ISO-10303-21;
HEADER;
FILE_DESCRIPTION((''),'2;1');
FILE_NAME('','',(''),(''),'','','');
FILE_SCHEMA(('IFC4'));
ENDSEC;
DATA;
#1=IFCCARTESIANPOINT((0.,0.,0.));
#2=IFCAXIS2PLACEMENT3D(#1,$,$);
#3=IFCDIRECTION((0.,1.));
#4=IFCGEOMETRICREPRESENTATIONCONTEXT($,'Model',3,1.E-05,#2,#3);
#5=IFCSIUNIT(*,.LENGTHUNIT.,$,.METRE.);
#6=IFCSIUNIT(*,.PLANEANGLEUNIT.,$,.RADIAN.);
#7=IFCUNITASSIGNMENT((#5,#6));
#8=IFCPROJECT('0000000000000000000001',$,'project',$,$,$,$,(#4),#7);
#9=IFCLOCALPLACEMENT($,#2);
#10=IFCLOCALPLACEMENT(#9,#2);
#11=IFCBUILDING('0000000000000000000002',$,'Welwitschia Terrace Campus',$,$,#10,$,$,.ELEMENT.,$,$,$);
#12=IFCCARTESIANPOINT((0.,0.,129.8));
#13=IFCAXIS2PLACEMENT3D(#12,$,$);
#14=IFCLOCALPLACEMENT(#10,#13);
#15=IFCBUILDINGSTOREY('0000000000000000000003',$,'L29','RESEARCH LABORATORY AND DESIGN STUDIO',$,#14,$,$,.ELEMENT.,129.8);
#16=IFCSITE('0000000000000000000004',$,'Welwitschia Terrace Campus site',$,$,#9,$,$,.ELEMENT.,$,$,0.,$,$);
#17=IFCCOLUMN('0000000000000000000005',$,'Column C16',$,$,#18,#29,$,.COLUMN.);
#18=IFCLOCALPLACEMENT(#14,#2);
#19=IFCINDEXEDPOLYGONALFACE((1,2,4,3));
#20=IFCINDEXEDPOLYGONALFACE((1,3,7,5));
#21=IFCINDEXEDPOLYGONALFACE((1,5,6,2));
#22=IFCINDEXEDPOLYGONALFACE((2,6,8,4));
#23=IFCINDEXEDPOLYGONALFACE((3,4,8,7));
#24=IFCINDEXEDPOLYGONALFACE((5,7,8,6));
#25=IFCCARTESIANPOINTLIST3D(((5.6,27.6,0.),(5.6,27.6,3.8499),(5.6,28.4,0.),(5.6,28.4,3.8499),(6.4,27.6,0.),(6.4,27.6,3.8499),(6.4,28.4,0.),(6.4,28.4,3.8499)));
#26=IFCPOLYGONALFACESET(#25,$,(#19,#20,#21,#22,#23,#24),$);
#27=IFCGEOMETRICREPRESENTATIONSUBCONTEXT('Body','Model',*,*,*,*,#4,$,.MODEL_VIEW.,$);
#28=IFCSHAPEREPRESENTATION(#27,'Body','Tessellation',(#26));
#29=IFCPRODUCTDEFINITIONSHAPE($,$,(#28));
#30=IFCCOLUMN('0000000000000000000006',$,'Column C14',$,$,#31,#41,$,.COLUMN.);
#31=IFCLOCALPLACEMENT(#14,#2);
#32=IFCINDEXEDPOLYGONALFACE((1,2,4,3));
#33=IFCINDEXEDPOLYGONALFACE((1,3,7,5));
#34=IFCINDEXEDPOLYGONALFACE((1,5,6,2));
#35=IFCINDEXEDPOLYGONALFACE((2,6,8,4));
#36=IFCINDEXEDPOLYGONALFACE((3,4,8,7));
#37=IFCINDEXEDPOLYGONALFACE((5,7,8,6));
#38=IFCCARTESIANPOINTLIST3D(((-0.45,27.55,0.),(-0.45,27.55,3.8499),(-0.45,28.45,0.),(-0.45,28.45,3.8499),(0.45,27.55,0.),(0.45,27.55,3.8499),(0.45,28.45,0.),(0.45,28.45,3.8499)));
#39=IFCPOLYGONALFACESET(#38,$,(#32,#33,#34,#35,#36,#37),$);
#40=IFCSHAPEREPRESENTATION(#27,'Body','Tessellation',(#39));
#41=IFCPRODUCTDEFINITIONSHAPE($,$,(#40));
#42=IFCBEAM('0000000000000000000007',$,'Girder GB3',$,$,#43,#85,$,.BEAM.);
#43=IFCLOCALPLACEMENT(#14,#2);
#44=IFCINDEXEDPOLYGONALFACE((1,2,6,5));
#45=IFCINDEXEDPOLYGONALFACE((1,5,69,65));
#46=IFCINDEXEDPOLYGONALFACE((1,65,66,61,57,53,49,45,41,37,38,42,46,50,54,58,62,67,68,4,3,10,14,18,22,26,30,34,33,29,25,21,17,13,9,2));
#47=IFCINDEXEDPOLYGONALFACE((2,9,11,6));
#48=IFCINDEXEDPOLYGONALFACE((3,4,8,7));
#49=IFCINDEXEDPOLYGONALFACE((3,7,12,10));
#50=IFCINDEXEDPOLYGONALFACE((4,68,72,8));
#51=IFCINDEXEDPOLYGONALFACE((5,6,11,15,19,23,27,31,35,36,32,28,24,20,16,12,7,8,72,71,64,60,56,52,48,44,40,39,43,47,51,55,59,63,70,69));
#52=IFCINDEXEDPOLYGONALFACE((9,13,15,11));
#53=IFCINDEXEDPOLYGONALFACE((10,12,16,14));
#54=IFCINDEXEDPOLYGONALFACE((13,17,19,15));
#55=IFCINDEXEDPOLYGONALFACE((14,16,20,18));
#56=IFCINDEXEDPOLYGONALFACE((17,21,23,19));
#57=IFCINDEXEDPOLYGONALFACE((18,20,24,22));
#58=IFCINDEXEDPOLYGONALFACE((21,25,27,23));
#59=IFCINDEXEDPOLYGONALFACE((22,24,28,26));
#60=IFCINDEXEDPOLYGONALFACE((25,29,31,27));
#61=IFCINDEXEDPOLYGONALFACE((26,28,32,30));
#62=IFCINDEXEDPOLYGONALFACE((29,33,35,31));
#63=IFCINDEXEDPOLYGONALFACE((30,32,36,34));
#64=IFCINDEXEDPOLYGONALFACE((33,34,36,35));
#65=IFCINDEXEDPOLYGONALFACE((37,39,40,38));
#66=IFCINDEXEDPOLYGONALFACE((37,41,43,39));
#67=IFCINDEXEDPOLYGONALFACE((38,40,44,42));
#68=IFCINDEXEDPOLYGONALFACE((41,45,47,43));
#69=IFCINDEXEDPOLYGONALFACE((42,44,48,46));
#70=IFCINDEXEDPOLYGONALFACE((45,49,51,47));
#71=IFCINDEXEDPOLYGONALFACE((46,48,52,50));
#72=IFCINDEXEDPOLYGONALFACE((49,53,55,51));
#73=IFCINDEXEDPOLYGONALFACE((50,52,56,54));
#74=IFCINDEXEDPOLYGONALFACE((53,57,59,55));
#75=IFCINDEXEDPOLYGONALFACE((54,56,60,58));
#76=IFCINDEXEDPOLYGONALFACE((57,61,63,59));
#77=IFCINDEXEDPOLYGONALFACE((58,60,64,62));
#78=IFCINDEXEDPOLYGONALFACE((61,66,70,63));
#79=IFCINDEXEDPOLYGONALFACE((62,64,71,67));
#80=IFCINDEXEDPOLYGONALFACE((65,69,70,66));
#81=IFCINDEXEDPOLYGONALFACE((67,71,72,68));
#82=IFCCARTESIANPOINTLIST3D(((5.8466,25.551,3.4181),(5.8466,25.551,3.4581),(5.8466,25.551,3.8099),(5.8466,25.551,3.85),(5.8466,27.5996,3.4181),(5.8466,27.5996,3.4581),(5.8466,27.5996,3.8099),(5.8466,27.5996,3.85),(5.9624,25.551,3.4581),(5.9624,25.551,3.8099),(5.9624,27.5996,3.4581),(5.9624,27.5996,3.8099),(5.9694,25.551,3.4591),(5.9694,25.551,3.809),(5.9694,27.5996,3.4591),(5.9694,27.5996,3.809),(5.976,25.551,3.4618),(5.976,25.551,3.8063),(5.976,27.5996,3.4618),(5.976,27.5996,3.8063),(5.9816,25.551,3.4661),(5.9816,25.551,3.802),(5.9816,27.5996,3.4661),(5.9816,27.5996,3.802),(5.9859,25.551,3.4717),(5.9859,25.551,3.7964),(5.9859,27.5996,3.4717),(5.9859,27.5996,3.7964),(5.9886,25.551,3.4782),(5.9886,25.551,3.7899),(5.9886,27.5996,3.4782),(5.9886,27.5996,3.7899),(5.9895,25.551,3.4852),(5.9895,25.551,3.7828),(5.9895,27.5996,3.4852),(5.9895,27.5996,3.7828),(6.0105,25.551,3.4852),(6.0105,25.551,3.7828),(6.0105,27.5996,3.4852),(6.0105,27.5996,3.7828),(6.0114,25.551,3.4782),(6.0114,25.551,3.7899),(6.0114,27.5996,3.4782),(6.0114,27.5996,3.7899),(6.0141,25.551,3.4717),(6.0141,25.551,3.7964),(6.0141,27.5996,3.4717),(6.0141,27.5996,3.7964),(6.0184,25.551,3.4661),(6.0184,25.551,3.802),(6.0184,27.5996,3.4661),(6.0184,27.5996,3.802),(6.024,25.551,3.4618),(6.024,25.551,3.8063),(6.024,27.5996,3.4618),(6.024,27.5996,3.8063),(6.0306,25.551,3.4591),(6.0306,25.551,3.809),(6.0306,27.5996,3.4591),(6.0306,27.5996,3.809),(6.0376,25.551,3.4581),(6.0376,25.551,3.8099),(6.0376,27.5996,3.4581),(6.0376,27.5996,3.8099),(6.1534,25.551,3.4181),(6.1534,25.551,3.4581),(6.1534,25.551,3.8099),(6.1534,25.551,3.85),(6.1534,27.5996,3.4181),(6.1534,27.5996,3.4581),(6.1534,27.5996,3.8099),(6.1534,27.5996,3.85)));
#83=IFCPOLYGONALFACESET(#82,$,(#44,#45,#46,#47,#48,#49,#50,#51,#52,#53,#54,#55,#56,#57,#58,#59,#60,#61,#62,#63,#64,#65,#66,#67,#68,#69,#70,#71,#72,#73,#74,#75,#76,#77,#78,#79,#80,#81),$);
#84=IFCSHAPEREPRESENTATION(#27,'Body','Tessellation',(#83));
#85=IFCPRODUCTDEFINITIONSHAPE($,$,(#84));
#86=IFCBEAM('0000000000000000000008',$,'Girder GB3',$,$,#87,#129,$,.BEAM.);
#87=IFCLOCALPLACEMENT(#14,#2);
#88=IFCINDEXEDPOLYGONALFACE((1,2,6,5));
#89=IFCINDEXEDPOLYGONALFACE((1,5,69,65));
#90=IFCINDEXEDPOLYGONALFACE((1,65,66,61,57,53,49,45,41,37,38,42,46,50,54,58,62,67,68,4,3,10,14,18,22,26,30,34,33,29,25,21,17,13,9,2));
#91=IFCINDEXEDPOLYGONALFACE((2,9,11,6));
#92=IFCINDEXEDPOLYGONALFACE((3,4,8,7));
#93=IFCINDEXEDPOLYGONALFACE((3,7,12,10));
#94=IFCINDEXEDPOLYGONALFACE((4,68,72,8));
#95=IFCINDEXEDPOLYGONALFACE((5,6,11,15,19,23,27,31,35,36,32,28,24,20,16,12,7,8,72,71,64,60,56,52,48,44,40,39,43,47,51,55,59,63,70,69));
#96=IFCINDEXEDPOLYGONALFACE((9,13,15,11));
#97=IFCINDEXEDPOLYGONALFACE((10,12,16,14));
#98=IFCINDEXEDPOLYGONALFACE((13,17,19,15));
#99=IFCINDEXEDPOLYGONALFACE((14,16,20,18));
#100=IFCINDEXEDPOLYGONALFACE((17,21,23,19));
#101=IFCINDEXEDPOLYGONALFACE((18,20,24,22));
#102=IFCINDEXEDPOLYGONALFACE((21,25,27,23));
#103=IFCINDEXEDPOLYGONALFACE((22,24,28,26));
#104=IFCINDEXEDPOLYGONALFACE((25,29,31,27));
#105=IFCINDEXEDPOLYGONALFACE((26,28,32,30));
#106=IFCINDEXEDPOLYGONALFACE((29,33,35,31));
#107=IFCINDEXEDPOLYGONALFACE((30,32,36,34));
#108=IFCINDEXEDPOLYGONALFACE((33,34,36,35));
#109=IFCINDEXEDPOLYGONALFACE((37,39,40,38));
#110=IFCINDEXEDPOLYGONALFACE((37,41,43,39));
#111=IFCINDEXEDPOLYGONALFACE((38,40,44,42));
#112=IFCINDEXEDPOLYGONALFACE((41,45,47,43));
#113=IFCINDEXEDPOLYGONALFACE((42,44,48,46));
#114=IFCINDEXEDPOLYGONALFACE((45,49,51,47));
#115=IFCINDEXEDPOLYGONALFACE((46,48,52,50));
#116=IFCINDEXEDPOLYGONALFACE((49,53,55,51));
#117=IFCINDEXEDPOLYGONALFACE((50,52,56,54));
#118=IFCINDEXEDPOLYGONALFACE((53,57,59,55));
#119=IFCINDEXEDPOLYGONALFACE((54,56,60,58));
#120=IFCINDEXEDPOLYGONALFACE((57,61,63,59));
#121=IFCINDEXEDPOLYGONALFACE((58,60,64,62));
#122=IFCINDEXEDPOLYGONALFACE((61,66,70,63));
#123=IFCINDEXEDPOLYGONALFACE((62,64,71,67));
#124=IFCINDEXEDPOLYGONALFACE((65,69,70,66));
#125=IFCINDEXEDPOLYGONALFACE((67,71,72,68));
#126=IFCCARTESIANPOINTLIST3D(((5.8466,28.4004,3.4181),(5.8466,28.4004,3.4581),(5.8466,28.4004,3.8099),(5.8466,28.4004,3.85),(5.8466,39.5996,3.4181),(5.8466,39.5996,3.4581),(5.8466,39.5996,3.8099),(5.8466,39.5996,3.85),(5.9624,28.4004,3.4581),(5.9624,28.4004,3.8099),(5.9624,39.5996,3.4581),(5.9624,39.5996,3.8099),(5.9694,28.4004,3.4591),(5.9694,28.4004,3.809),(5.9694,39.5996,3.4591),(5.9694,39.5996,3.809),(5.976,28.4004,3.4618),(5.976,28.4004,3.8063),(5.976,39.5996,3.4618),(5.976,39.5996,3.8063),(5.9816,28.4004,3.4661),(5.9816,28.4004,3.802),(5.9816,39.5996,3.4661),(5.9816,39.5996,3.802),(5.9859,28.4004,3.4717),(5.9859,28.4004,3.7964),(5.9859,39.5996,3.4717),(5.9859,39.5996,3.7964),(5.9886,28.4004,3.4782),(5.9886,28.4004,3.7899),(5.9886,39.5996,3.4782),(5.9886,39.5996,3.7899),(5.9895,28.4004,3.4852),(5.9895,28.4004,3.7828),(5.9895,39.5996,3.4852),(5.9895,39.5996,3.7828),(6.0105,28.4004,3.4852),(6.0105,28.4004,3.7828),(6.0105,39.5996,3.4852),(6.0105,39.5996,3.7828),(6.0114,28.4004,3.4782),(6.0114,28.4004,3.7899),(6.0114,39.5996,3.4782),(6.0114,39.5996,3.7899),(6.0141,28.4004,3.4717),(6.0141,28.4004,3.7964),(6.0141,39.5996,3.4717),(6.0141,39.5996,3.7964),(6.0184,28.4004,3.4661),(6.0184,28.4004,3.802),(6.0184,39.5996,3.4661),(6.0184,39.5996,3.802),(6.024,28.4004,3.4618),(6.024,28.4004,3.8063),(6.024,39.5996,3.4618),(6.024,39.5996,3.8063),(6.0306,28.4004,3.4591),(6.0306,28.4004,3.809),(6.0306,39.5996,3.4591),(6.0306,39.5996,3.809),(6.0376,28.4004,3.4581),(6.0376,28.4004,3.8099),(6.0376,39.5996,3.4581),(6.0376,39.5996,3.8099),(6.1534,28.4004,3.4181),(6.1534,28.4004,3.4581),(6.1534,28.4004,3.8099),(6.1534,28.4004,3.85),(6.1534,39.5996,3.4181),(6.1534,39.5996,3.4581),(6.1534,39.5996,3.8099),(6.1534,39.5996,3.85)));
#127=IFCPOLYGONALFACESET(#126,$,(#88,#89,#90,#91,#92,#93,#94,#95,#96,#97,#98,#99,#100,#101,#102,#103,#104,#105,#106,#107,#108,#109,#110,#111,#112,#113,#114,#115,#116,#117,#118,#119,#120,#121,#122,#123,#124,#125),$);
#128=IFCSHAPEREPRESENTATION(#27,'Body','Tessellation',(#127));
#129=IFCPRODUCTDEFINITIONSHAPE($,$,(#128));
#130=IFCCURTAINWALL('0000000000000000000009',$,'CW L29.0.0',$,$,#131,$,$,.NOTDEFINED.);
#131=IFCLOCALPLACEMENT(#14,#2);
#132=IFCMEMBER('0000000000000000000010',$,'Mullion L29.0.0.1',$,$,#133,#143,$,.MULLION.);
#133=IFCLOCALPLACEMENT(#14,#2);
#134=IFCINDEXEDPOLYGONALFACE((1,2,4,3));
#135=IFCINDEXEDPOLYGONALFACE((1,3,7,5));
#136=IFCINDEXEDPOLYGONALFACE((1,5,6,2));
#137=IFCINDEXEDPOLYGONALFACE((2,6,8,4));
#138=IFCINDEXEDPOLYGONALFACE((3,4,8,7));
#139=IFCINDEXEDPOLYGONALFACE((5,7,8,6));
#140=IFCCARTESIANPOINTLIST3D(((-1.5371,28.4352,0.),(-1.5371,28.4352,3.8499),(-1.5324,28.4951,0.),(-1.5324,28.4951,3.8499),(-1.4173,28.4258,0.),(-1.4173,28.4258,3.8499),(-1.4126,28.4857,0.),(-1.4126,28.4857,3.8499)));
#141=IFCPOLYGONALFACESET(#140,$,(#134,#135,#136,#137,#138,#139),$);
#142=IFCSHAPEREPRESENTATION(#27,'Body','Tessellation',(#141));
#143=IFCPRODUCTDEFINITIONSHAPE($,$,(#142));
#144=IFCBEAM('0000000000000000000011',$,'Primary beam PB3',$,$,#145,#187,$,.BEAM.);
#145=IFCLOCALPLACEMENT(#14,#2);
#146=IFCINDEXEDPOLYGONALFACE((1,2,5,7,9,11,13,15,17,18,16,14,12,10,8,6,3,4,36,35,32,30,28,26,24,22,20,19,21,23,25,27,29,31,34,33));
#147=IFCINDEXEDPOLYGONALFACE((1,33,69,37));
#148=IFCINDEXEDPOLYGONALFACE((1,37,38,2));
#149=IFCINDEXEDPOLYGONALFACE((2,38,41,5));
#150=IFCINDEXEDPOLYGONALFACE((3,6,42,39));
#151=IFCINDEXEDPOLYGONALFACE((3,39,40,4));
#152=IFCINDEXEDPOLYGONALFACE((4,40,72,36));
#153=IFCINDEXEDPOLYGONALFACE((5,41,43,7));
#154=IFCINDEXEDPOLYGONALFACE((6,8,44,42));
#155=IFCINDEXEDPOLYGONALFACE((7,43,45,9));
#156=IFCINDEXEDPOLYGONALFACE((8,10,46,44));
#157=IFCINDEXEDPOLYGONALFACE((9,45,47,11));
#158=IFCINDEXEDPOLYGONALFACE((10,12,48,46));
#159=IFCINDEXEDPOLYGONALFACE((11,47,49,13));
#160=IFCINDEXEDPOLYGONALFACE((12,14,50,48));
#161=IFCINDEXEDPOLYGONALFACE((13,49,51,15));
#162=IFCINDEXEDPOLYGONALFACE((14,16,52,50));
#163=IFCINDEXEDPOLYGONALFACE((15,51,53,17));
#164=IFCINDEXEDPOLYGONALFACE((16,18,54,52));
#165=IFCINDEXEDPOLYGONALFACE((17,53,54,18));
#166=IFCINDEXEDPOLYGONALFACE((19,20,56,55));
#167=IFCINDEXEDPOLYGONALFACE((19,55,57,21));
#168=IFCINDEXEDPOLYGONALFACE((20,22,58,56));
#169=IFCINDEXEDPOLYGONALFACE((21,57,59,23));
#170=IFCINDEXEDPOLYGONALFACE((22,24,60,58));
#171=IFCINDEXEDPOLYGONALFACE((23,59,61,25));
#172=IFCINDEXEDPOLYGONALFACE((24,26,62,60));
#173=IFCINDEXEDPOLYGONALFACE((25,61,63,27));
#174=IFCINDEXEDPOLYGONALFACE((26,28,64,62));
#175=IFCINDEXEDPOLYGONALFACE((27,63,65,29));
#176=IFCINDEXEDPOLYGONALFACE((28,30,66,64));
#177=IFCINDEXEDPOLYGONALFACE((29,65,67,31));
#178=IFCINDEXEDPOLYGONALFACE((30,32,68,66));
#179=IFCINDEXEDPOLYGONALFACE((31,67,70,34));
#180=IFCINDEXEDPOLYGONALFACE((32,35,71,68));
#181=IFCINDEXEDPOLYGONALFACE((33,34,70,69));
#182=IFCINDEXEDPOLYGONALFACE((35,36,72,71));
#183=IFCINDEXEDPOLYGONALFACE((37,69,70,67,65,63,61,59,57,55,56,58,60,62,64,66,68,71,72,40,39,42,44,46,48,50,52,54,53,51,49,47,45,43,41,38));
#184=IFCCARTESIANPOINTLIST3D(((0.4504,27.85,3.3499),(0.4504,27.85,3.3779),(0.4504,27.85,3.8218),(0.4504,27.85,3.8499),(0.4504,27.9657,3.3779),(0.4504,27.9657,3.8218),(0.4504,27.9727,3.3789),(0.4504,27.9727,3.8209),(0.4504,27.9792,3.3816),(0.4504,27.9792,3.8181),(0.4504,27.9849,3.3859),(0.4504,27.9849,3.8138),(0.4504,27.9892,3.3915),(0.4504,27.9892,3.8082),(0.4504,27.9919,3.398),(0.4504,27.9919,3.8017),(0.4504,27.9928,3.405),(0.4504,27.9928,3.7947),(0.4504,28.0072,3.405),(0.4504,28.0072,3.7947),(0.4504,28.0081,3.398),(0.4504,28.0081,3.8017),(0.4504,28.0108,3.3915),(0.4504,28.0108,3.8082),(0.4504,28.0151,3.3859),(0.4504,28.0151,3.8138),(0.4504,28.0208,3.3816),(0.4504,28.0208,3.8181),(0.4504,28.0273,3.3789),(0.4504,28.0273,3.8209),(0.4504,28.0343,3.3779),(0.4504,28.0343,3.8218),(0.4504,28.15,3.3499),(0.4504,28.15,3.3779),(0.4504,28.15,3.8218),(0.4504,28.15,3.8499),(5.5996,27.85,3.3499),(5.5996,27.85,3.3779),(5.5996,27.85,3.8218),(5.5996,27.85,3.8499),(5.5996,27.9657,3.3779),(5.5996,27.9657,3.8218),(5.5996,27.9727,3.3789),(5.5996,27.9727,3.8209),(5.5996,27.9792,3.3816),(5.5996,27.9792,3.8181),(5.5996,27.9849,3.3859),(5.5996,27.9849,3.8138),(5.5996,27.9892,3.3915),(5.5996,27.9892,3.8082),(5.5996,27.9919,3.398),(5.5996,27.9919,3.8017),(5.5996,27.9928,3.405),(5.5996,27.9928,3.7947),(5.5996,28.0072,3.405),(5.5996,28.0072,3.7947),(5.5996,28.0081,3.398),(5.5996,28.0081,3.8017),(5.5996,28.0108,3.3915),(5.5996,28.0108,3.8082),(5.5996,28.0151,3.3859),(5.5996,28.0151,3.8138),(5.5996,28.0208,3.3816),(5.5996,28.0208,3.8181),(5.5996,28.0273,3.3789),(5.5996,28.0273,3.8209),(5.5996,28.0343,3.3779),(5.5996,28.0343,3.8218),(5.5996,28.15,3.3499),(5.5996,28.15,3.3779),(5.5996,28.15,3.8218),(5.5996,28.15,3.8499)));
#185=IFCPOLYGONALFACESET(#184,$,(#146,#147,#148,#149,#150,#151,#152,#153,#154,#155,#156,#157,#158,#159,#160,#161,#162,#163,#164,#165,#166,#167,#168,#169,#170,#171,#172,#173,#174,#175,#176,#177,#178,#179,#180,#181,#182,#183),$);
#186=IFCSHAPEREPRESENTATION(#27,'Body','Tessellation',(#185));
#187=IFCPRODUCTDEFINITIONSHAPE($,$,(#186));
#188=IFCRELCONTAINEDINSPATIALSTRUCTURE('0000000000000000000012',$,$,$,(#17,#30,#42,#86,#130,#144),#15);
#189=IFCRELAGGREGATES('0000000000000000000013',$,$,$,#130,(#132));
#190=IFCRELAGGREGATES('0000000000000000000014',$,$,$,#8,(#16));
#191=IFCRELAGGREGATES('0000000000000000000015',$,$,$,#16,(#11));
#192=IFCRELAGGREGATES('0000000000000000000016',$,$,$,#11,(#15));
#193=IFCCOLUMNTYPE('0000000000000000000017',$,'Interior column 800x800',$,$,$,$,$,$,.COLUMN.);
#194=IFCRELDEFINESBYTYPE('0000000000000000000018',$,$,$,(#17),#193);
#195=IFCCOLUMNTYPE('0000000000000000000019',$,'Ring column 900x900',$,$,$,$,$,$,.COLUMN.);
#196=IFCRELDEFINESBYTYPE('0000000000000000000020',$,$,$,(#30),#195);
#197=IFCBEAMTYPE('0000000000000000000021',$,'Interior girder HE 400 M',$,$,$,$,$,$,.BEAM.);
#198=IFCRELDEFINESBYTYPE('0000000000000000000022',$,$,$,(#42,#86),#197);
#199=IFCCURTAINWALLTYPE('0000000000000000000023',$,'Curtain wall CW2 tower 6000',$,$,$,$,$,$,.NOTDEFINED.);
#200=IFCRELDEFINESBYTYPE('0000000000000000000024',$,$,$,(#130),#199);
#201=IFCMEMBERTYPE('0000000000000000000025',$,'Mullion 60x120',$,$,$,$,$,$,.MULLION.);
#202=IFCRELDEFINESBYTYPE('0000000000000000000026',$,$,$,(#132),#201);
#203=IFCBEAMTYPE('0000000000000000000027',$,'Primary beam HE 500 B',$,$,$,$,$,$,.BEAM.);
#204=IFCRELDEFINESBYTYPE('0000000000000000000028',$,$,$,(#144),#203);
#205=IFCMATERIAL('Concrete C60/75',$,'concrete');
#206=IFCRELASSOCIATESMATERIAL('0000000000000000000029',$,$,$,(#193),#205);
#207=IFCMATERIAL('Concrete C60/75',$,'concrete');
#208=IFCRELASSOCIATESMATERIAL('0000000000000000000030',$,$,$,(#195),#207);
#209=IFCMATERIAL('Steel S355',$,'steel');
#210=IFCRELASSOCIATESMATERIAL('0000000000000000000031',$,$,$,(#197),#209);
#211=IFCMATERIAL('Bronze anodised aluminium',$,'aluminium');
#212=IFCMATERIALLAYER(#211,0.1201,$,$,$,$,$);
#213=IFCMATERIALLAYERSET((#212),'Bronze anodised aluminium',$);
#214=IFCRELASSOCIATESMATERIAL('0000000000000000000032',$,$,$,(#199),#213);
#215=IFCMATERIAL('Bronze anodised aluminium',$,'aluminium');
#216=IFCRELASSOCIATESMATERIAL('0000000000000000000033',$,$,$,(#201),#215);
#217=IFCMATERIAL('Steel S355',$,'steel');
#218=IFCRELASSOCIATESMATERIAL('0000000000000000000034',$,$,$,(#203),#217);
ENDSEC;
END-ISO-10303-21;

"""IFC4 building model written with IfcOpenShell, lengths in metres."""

from ifc_helpers import new_model, si_unit, direction, frame, origin, origin_2d, place, context, subcontext, project, spatial, rectangle, i_section, extrude, material, layer, layer_set, material_profile, profile_set, type_object, element, aggregate, save


model = new_model("IFC4")

# Units and contexts
model_context = context("Model", 3, precision=1e-05, world=origin(), true_north=direction((0.0, 1.0)))
body_context = subcontext(model_context, "Body", "Model", "MODEL_VIEW")
ifc_project = project(units=[si_unit("LENGTHUNIT", "METRE"), si_unit("PLANEANGLEUNIT", "RADIAN")], contexts=[model_context])

# Site, building, storey
site_placement = place(None, origin())
site = spatial("IfcSite", under=ifc_project, at=site_placement, Name="Welwitschia Terrace Campus site", CompositionType="ELEMENT", RefElevation=0.0)
building_placement = place(site_placement, origin())
building = spatial("IfcBuilding", under=site, at=building_placement, Name="Welwitschia Terrace Campus", CompositionType="ELEMENT")
storey_placement = place(building_placement, frame((0.0, 0.0, 129.8)))
storey = spatial("IfcBuildingStorey", under=building, at=storey_placement, Name="L29", Description="RESEARCH LABORATORY AND DESIGN STUDIO", CompositionType="ELEMENT", Elevation=129.8)

# Columns
ifc_material_1 = material(Name="Concrete C60/75", Category="concrete")
ifc_material_profile_1 = material_profile(ifc_material_1, rectangle(XDim=0.8, YDim=0.8, at=origin_2d()))
ifc_profile_set_1 = profile_set([ifc_material_profile_1], Name="Concrete C60/75")
column_type_1 = type_object("IfcColumnType", Name="Interior column 800x800", PredefinedType="COLUMN", material=ifc_profile_set_1)
column_1_placement = place(storey_placement, frame((6.0, 28.0, 0.0), z_axis=(0.0, 0.0, 1.0), x_axis=(1.0, 0.0, 0.0)))
element("IfcColumn", 1, at=column_1_placement, inside=storey, type_object=column_type_1, Name="Column C16", PredefinedType="COLUMN", context=body_context, shape_type="SweptSolid", body=[
    extrude(rectangle(XDim=0.8, YDim=0.8, at=origin_2d()), origin(), (0.0, 0.0, 1.0), 3.8499),
])
ifc_material_2 = material(Name="Concrete C60/75", Category="concrete")
ifc_material_profile_2 = material_profile(ifc_material_2, rectangle(XDim=0.8999, YDim=0.8999, at=origin_2d()))
ifc_profile_set_2 = profile_set([ifc_material_profile_2], Name="Concrete C60/75")
column_type_2 = type_object("IfcColumnType", Name="Ring column 900x900", PredefinedType="COLUMN", material=ifc_profile_set_2)
column_2_placement = place(storey_placement, frame((0.0, 28.0, 0.0), z_axis=(0.0, 0.0, 1.0), x_axis=(1.0, 0.0, 0.0)))
element("IfcColumn", 2, at=column_2_placement, inside=storey, type_object=column_type_2, Name="Column C14", PredefinedType="COLUMN", context=body_context, shape_type="SweptSolid", body=[
    extrude(rectangle(XDim=0.8999, YDim=0.8999, at=origin_2d()), origin(), (0.0, 0.0, 1.0), 3.8499),
])

# Beams
ifc_material_3 = material(Name="Steel S355", Category="steel")
ifc_material_profile_3 = material_profile(ifc_material_3, i_section(OverallWidth=0.3069, OverallDepth=0.4319, WebThickness=0.021, FlangeThickness=0.04, FilletRadius=0.0271, at=origin_2d()))
ifc_profile_set_3 = profile_set([ifc_material_profile_3], Name="Steel S355")
beam_type_1 = type_object("IfcBeamType", Name="Interior girder HE 400 M", PredefinedType="BEAM", material=ifc_profile_set_3)
beam_1_placement = place(storey_placement, frame((6.0, 25.551, 3.634), z_axis=(0.0, 1.0, 0.0), x_axis=(-1.0, 0.0, 0.0)))
element("IfcBeam", 3, at=beam_1_placement, inside=storey, type_object=beam_type_1, Name="Girder GB3", PredefinedType="BEAM", context=body_context, shape_type="SweptSolid", body=[
    extrude(i_section(OverallWidth=0.3069, OverallDepth=0.4319, WebThickness=0.021, FlangeThickness=0.04, FilletRadius=0.0271, at=origin_2d()), origin(), (0.0, 0.0, 1.0), 2.0486),
])
beam_2_placement = place(storey_placement, frame((6.0, 28.4004, 3.634), z_axis=(0.0, 1.0, 0.0), x_axis=(-1.0, 0.0, 0.0)))
element("IfcBeam", 4, at=beam_2_placement, inside=storey, type_object=beam_type_1, Name="Girder GB3", PredefinedType="BEAM", context=body_context, shape_type="SweptSolid", body=[
    extrude(i_section(OverallWidth=0.3069, OverallDepth=0.4319, WebThickness=0.021, FlangeThickness=0.04, FilletRadius=0.0271, at=origin_2d()), origin(), (0.0, 0.0, 1.0), 11.1992),
])

# Curtain wall, member
ifc_material_4 = material(Name="Bronze anodised aluminium", Category="aluminium")
ifc_layer_1 = layer(ifc_material_4, 0.1201)
ifc_layer_set_1 = layer_set([ifc_layer_1], Name="Bronze anodised aluminium")
curtain_wall_type = type_object("IfcCurtainWallType", Name="Curtain wall CW2 tower 6000", PredefinedType="NOTDEFINED", material=ifc_layer_set_1)
curtain_wall_placement = place(storey_placement, origin())
curtain_wall = element("IfcCurtainWall", 5, at=curtain_wall_placement, inside=storey, type_object=curtain_wall_type, Name="CW L29.0.0", PredefinedType="NOTDEFINED")
ifc_material_5 = material(Name="Bronze anodised aluminium", Category="aluminium")
ifc_material_profile_4 = material_profile(ifc_material_5, rectangle(XDim=0.1201, YDim=0.0601, at=origin_2d()))
ifc_profile_set_4 = profile_set([ifc_material_profile_4], Name="Bronze anodised aluminium")
member_type = type_object("IfcMemberType", Name="Mullion 60x120", PredefinedType="MULLION", material=ifc_profile_set_4)
member_placement = place(storey_placement, frame((-1.4749, 28.4604, 0.0), z_axis=(0.0, 0.0, 1.0), x_axis=(0.996917, -0.078459, 0.0)))
member = element("IfcMember", 6, at=member_placement, type_object=member_type, Name="Mullion L29.0.0.1", PredefinedType="MULLION", context=body_context, shape_type="SweptSolid", body=[
    extrude(rectangle(XDim=0.1201, YDim=0.0601, at=origin_2d()), origin(), (0.0, 0.0, 1.0), 3.8499),
])

# Beam
ifc_material_6 = material(Name="Steel S355", Category="steel")
ifc_material_profile_5 = material_profile(ifc_material_6, i_section(OverallWidth=0.3, OverallDepth=0.5, WebThickness=0.0144, FlangeThickness=0.0281, FilletRadius=0.0271, at=origin_2d()))
ifc_profile_set_5 = profile_set([ifc_material_profile_5], Name="Steel S355")
beam_type_2 = type_object("IfcBeamType", Name="Primary beam HE 500 B", PredefinedType="BEAM", material=ifc_profile_set_5)
beam_3_placement = place(storey_placement, frame((0.4504, 28.0, 3.5999), z_axis=(1.0, 0.0, 0.0), x_axis=(0.0, 1.0, 0.0)))
element("IfcBeam", 7, at=beam_3_placement, inside=storey, type_object=beam_type_2, Name="Primary beam PB3", PredefinedType="BEAM", context=body_context, shape_type="SweptSolid", body=[
    extrude(i_section(OverallWidth=0.3, OverallDepth=0.5, WebThickness=0.0144, FlangeThickness=0.0281, FilletRadius=0.0271, at=origin_2d()), origin(), (0.0, 0.0, 1.0), 5.1492),
])

aggregate(curtain_wall, [member])

save(model, "model.ifc")
